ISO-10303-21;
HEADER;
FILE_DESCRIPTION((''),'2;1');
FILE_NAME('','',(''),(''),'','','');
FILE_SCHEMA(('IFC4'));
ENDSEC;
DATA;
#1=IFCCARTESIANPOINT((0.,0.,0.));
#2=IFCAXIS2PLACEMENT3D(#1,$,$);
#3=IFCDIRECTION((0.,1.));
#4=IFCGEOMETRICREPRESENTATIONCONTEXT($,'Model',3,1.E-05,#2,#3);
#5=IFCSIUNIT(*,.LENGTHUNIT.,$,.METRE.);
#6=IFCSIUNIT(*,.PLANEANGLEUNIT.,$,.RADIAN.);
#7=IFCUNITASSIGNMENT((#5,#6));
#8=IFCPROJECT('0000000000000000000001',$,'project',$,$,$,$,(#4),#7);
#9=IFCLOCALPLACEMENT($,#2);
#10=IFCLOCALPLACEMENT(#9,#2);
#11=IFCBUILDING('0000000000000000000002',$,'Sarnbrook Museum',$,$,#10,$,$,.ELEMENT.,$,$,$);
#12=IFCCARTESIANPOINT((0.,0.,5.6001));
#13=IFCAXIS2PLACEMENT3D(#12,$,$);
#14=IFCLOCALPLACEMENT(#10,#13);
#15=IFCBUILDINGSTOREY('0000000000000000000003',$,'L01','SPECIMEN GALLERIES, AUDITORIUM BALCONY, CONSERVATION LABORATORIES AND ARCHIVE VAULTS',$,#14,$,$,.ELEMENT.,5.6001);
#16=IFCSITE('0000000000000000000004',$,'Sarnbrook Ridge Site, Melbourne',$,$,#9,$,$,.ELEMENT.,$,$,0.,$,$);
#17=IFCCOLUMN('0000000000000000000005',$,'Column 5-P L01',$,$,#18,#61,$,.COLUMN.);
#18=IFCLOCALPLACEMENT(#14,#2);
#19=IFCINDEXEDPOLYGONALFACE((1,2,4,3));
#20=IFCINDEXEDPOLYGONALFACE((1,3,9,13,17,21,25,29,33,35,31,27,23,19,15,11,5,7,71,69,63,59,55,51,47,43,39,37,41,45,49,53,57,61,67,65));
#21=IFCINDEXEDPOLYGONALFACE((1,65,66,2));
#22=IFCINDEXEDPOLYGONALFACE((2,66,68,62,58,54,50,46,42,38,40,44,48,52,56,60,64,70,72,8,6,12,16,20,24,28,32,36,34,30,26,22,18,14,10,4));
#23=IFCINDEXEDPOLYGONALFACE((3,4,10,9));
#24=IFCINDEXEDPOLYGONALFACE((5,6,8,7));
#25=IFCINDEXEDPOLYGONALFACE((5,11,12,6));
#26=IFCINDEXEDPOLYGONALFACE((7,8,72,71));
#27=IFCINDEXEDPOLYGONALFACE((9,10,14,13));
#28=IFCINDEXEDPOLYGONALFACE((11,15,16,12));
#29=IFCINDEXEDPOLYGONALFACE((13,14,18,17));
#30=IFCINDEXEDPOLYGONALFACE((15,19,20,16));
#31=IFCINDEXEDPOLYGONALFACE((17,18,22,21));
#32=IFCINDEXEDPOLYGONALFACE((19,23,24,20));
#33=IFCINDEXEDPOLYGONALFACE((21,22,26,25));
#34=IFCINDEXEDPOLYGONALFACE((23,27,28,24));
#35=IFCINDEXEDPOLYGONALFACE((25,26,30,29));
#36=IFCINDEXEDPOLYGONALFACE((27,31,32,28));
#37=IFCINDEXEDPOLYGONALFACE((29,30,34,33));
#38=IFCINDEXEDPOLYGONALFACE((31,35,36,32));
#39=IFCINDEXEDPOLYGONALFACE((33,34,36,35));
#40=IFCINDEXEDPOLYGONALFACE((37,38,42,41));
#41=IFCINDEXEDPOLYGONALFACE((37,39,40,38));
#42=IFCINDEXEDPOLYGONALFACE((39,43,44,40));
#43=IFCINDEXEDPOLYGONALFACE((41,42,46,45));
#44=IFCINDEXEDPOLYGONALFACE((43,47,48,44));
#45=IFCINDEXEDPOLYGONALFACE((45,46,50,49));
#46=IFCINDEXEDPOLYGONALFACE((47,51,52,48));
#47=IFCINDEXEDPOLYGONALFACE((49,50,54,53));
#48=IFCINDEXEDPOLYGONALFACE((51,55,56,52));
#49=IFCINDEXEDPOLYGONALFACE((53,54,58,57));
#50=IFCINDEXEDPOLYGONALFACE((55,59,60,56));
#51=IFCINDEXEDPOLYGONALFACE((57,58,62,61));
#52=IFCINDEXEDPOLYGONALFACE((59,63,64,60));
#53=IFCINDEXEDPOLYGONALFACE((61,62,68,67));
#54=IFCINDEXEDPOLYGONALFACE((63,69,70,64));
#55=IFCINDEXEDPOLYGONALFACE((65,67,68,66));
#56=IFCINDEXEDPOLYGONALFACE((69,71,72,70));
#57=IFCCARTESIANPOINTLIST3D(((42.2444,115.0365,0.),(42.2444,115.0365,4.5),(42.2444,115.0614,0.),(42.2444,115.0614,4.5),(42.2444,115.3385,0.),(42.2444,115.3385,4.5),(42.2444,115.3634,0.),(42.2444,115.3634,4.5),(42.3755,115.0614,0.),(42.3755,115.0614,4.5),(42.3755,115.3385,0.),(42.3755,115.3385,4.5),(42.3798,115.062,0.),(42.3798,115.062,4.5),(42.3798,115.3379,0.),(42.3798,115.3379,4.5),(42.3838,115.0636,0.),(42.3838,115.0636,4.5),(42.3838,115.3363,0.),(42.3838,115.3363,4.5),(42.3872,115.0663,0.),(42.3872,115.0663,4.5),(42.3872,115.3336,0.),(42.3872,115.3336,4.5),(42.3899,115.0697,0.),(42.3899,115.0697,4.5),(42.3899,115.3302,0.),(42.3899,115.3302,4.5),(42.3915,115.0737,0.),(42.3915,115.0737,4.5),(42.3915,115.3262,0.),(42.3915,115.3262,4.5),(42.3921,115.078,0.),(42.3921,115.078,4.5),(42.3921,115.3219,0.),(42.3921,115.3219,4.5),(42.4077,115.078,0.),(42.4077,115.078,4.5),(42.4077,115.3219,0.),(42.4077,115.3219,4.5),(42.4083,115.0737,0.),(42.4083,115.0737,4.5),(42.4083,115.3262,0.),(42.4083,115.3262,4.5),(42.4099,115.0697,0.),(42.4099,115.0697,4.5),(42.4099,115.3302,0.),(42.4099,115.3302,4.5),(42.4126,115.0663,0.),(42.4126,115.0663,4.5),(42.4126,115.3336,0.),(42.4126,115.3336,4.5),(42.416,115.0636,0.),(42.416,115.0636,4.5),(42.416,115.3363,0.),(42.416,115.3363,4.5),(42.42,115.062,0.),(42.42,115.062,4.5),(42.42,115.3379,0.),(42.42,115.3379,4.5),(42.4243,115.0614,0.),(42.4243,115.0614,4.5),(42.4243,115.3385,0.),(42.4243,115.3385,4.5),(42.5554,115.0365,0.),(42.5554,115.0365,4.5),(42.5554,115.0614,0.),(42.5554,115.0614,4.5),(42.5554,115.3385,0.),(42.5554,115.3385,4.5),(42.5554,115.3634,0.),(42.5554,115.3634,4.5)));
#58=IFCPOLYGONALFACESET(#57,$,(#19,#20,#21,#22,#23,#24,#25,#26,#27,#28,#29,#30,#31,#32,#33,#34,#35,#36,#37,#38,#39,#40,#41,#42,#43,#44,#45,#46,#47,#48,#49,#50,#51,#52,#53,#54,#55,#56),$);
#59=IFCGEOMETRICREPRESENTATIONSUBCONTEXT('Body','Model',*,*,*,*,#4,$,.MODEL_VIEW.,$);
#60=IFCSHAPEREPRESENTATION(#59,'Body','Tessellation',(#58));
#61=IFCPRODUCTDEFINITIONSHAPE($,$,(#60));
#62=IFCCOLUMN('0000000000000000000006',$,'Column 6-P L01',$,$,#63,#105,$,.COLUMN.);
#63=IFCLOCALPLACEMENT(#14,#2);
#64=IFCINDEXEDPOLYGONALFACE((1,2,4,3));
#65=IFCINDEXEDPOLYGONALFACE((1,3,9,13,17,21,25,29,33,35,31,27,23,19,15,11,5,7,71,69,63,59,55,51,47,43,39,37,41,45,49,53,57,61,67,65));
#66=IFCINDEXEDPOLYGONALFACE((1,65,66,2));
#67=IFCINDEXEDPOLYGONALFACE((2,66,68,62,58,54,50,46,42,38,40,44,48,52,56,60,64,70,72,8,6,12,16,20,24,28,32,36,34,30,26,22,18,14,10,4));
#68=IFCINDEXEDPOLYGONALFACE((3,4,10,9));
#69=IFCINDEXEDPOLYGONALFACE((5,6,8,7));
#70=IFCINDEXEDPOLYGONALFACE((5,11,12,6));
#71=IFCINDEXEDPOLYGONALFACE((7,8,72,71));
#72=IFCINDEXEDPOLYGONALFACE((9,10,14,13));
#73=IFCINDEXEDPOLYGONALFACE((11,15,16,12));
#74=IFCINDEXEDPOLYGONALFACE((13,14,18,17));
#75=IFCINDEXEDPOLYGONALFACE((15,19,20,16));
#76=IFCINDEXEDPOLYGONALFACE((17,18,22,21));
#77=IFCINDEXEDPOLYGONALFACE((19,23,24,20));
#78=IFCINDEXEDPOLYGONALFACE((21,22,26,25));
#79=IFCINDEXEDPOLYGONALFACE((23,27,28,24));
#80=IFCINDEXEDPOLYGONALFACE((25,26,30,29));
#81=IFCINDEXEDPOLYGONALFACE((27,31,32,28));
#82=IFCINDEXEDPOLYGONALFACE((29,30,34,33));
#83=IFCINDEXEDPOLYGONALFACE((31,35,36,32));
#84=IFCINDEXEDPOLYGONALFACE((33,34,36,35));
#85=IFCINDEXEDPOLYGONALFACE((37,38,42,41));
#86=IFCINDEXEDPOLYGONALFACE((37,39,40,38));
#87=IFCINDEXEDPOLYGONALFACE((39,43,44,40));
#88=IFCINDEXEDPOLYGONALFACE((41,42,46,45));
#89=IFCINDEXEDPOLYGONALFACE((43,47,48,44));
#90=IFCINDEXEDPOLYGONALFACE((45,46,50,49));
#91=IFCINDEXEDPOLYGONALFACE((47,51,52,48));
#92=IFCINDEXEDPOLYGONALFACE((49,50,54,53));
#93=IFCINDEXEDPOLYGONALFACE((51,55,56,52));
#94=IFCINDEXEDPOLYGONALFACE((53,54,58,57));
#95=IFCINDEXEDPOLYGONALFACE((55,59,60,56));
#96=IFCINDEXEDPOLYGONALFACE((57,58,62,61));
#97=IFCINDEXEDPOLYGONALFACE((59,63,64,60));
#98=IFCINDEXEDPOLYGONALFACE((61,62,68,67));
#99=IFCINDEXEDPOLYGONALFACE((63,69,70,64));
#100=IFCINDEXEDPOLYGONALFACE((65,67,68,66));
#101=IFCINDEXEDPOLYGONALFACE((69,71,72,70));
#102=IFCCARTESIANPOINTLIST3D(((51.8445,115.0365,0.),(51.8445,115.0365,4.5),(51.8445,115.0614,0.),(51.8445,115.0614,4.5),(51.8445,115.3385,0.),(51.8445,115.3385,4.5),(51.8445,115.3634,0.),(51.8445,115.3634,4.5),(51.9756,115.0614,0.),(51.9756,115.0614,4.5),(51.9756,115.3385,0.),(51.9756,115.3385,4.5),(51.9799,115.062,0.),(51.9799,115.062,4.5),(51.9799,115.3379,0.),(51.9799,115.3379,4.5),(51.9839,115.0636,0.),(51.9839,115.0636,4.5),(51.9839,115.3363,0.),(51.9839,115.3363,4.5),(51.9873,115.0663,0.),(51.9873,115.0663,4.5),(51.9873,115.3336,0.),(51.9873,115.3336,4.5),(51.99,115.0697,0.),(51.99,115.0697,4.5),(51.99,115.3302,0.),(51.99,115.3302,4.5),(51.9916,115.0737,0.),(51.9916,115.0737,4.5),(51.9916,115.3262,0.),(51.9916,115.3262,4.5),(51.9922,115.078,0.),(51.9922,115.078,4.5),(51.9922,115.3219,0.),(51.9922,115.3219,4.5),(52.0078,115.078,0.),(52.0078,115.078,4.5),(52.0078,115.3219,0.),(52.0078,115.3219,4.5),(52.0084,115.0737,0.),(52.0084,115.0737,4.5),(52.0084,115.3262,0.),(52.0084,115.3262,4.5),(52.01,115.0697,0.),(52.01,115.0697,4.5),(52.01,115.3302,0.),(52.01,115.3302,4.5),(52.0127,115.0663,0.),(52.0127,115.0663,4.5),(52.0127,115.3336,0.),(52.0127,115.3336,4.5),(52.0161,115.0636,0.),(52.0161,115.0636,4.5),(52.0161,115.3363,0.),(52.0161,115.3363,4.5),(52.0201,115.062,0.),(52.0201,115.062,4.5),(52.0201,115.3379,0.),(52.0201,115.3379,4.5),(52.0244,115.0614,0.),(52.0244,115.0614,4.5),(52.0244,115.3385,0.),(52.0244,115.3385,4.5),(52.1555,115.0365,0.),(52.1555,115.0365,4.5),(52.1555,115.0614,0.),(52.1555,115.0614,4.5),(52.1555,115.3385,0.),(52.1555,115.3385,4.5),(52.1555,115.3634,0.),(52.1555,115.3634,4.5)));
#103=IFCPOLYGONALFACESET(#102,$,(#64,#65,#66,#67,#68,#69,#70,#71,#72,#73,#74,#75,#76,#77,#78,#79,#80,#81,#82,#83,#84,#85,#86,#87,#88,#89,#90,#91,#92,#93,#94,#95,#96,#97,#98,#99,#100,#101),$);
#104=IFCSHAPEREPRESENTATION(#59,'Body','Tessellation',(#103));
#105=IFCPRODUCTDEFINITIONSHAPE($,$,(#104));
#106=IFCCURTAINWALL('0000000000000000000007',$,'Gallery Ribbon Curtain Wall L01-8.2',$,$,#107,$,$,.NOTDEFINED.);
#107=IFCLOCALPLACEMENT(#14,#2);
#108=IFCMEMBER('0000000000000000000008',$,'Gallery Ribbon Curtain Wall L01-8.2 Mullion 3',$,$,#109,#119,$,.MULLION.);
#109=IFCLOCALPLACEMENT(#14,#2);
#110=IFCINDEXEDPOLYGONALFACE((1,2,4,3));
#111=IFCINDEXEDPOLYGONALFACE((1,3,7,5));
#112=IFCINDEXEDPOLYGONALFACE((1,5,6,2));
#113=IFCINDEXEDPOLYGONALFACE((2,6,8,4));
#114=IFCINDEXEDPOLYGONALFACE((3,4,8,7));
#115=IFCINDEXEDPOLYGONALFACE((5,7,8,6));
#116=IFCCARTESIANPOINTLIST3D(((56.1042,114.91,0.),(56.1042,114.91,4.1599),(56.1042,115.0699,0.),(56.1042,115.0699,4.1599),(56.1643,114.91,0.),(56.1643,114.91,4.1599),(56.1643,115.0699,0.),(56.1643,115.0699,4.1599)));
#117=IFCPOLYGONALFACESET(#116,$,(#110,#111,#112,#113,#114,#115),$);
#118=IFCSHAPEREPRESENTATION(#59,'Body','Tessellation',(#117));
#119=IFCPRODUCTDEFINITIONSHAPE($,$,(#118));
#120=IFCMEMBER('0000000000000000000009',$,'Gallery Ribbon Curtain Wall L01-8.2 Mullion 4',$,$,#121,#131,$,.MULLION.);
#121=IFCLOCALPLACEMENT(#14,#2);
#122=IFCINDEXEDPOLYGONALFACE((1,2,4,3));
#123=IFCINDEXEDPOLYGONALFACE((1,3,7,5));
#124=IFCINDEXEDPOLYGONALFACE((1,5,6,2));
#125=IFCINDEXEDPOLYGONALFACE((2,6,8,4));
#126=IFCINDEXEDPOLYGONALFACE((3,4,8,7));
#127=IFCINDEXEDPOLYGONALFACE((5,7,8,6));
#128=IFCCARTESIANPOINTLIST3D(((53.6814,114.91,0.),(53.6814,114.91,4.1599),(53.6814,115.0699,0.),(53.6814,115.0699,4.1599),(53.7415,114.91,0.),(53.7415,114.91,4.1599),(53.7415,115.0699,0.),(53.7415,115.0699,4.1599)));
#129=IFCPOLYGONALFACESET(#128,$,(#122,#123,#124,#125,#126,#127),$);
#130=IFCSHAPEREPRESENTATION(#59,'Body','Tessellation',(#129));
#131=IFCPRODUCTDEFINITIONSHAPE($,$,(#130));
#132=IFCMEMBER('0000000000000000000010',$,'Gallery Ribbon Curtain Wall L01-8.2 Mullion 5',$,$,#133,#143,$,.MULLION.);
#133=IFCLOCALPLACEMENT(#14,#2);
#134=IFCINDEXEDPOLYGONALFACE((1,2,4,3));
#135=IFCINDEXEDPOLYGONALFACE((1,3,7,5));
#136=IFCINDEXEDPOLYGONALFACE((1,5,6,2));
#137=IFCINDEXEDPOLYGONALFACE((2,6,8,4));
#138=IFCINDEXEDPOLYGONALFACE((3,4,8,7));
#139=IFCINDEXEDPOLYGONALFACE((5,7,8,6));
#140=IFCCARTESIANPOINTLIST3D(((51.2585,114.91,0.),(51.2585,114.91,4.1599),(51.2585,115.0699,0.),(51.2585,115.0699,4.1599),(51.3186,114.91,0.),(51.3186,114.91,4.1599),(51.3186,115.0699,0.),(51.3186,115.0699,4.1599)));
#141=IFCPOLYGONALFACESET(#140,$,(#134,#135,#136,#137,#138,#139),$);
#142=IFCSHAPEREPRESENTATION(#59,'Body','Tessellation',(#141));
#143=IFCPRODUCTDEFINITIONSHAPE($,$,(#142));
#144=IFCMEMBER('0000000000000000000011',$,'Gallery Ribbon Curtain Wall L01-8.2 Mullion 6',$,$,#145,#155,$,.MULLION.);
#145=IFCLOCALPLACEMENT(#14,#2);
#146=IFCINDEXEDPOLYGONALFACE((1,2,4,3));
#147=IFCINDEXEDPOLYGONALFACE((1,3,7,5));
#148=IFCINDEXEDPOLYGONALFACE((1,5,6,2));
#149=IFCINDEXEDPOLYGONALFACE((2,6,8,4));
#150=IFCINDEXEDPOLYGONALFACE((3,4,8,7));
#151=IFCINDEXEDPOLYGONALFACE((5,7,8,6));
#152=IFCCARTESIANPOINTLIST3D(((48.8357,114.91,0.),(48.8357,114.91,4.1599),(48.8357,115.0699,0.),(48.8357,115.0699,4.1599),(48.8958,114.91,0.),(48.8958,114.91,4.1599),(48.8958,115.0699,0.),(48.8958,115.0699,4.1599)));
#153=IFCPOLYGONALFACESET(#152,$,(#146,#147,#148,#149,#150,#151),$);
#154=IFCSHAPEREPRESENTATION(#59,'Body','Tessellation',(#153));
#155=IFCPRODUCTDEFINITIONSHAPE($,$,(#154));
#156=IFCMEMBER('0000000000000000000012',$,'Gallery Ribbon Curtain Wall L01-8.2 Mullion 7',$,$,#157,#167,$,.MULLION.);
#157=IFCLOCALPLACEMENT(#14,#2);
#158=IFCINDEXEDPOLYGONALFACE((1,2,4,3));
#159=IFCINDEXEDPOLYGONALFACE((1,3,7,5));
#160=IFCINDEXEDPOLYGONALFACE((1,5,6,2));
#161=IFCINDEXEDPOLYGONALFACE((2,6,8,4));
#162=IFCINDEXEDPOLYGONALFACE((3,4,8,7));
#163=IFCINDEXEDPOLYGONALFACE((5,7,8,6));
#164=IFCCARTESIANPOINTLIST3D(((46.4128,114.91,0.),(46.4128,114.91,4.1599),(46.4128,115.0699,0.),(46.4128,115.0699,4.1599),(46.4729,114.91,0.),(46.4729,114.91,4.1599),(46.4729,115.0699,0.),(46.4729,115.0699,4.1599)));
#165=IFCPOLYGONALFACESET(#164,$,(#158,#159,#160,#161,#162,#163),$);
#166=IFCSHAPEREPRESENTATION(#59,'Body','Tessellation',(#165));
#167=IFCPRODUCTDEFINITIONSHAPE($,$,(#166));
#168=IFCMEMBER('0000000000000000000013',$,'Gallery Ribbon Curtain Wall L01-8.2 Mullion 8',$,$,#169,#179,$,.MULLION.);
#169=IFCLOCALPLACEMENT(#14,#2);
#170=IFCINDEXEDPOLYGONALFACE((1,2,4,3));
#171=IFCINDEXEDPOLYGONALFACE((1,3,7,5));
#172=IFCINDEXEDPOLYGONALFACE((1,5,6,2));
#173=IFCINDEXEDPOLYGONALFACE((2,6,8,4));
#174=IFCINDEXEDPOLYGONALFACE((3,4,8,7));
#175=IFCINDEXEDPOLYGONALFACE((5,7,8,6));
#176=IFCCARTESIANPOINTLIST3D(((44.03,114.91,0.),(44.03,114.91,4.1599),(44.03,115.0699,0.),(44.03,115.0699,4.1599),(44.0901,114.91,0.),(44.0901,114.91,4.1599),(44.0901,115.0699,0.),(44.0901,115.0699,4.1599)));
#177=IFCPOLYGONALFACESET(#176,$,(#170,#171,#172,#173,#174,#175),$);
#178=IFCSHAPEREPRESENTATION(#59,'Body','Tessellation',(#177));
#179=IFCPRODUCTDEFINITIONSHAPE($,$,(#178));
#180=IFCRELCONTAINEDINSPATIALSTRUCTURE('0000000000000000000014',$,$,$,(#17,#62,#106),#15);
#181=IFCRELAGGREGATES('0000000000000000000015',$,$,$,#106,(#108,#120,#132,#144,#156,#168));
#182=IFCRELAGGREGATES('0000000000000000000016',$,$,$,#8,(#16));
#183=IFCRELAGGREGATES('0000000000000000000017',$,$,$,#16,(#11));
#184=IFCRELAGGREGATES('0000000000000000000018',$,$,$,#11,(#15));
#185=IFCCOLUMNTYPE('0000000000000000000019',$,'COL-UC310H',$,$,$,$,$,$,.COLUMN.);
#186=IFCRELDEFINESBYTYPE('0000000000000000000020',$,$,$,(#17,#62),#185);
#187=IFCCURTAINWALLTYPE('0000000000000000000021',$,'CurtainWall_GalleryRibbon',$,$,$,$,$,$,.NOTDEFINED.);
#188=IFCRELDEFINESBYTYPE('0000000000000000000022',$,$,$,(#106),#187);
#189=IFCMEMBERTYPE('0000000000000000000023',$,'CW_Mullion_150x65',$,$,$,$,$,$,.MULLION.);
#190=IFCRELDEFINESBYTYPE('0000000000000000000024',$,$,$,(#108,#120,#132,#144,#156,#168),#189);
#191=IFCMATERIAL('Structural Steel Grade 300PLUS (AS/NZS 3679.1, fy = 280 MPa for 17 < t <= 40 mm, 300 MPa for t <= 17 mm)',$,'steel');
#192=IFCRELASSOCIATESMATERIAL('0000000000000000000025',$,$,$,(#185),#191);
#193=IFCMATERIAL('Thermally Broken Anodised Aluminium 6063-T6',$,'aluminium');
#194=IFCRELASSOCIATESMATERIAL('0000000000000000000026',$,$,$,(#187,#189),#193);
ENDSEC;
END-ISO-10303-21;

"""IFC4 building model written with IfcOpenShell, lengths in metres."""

from ifc_helpers import new_model, si_unit, direction, frame, origin, origin_2d, place, context, subcontext, project, spatial, rectangle, i_section, extrude, material, material_profile, profile_set, type_object, element, aggregate, save


model = new_model("IFC4")

# Units and contexts
model_context = context("Model", 3, precision=1e-05, world=origin(), true_north=direction((0.0, 1.0)))
body_context = subcontext(model_context, "Body", "Model", "MODEL_VIEW")
ifc_project = project(units=[si_unit("LENGTHUNIT", "METRE"), si_unit("PLANEANGLEUNIT", "RADIAN")], contexts=[model_context])

# Site, building, storey
site_placement = place(None, origin())
site = spatial("IfcSite", under=ifc_project, at=site_placement, Name="Sarnbrook Ridge Site, Melbourne", CompositionType="ELEMENT", RefElevation=0.0)
building_placement = place(site_placement, origin())
building = spatial("IfcBuilding", under=site, at=building_placement, Name="Sarnbrook Museum", CompositionType="ELEMENT")
storey_placement = place(building_placement, frame((0.0, 0.0, 5.6001)))
storey = spatial("IfcBuildingStorey", under=building, at=storey_placement, Name="L01", Description="SPECIMEN GALLERIES, AUDITORIUM BALCONY, CONSERVATION LABORATORIES AND ARCHIVE VAULTS", CompositionType="ELEMENT", Elevation=5.6001)

# Columns
ifc_material_1 = material(Name="Structural Steel Grade 300PLUS (AS/NZS 3679.1, fy = 280 MPa for 17 < t <= 40 mm, 300 MPa for t <= 17 mm)", Category="steel")
ifc_material_profile_1 = material_profile(ifc_material_1, i_section(OverallWidth=0.311, OverallDepth=0.3269, WebThickness=0.0156, FlangeThickness=0.0249, FilletRadius=0.0166, at=origin_2d()), Name="310UC158")
ifc_profile_set_1 = profile_set([ifc_material_profile_1], Name="Structural Steel Grade 300PLUS (AS/NZS 3679.1, fy = 280 MPa for 17 < t <= 40 mm, 300 MPa for t <= 17 mm)")
column_type = type_object("IfcColumnType", Name="COL-UC310H", PredefinedType="COLUMN", material=ifc_profile_set_1)
for number, where, z_axis, x_axis, name in (
    (1, (42.3999, 115.2, 0.0), (0.0, 0.0, 1.0), (1.0, 0.0, 0.0), "Column 5-P L01"),
    (2, (52.0, 115.2, 0.0), (0.0, 0.0, 1.0), (1.0, 0.0, 0.0), "Column 6-P L01"),
):
    element("IfcColumn", number, at=place(storey_placement, frame(where, z_axis=z_axis, x_axis=x_axis)), inside=storey, type_object=column_type, Name=name, PredefinedType="COLUMN", context=body_context, shape_type="SweptSolid", body=[
        extrude(i_section(OverallWidth=0.311, OverallDepth=0.3269, WebThickness=0.0156, FlangeThickness=0.0249, FilletRadius=0.0166, at=origin_2d()), origin(), (0.0, 0.0, 1.0), 4.5),
    ])

# Curtain wall, members
ifc_material_2 = material(Name="Thermally Broken Anodised Aluminium 6063-T6", Category="aluminium")
curtain_wall_type = type_object("IfcCurtainWallType", Name="CurtainWall_GalleryRibbon", PredefinedType="NOTDEFINED", material=ifc_material_2)
curtain_wall_placement = place(storey_placement, origin())
curtain_wall = element("IfcCurtainWall", 3, at=curtain_wall_placement, inside=storey, type_object=curtain_wall_type, Name="Gallery Ribbon Curtain Wall L01-8.2", PredefinedType="NOTDEFINED")
ifc_material_profile_2 = material_profile(ifc_material_2, rectangle(XDim=0.0601, YDim=0.1599, at=origin_2d()), Name="ALU MULLION 60x160")
ifc_profile_set_2 = profile_set([ifc_material_profile_2], Name="Thermally Broken Anodised Aluminium 6063-T6")
member_type = type_object("IfcMemberType", Name="CW_Mullion_150x65", PredefinedType="MULLION", material=ifc_profile_set_2)
member_1_placement = place(storey_placement, frame((56.1343, 114.99, 0.0), z_axis=(0.0, 0.0, 1.0), x_axis=(1.0, 0.0, 0.0)))
member_1 = element("IfcMember", 4, at=member_1_placement, type_object=member_type, Name="Gallery Ribbon Curtain Wall L01-8.2 Mullion 3", PredefinedType="MULLION", context=body_context, shape_type="SweptSolid", body=[
    extrude(rectangle(XDim=0.0601, YDim=0.1599, at=origin_2d()), origin(), (0.0, 0.0, 1.0), 4.1599),
])
member_2_placement = place(storey_placement, frame((53.7114, 114.99, 0.0), z_axis=(0.0, 0.0, 1.0), x_axis=(1.0, 0.0, 0.0)))
member_2 = element("IfcMember", 5, at=member_2_placement, type_object=member_type, Name="Gallery Ribbon Curtain Wall L01-8.2 Mullion 4", PredefinedType="MULLION", context=body_context, shape_type="SweptSolid", body=[
    extrude(rectangle(XDim=0.0601, YDim=0.1599, at=origin_2d()), origin(), (0.0, 0.0, 1.0), 4.1599),
])
member_3_placement = place(storey_placement, frame((51.2886, 114.99, 0.0), z_axis=(0.0, 0.0, 1.0), x_axis=(1.0, 0.0, 0.0)))
member_3 = element("IfcMember", 6, at=member_3_placement, type_object=member_type, Name="Gallery Ribbon Curtain Wall L01-8.2 Mullion 5", PredefinedType="MULLION", context=body_context, shape_type="SweptSolid", body=[
    extrude(rectangle(XDim=0.0601, YDim=0.1599, at=origin_2d()), origin(), (0.0, 0.0, 1.0), 4.1599),
])
member_4_placement = place(storey_placement, frame((48.8657, 114.99, 0.0), z_axis=(0.0, 0.0, 1.0), x_axis=(1.0, 0.0, 0.0)))
member_4 = element("IfcMember", 7, at=member_4_placement, type_object=member_type, Name="Gallery Ribbon Curtain Wall L01-8.2 Mullion 6", PredefinedType="MULLION", context=body_context, shape_type="SweptSolid", body=[
    extrude(rectangle(XDim=0.0601, YDim=0.1599, at=origin_2d()), origin(), (0.0, 0.0, 1.0), 4.1599),
])
member_5_placement = place(storey_placement, frame((46.4429, 114.99, 0.0), z_axis=(0.0, 0.0, 1.0), x_axis=(1.0, 0.0, 0.0)))
member_5 = element("IfcMember", 8, at=member_5_placement, type_object=member_type, Name="Gallery Ribbon Curtain Wall L01-8.2 Mullion 7", PredefinedType="MULLION", context=body_context, shape_type="SweptSolid", body=[
    extrude(rectangle(XDim=0.0601, YDim=0.1599, at=origin_2d()), origin(), (0.0, 0.0, 1.0), 4.1599),
])
member_6_placement = place(storey_placement, frame((44.0601, 114.99, 0.0), z_axis=(0.0, 0.0, 1.0), x_axis=(1.0, 0.0, 0.0)))
member_6 = element("IfcMember", 9, at=member_6_placement, type_object=member_type, Name="Gallery Ribbon Curtain Wall L01-8.2 Mullion 8", PredefinedType="MULLION", context=body_context, shape_type="SweptSolid", body=[
    extrude(rectangle(XDim=0.0601, YDim=0.1599, at=origin_2d()), origin(), (0.0, 0.0, 1.0), 4.1599),
])

aggregate(curtain_wall, [member_1, member_2, member_3, member_4, member_5, member_6])

save(model, "model.ifc")
